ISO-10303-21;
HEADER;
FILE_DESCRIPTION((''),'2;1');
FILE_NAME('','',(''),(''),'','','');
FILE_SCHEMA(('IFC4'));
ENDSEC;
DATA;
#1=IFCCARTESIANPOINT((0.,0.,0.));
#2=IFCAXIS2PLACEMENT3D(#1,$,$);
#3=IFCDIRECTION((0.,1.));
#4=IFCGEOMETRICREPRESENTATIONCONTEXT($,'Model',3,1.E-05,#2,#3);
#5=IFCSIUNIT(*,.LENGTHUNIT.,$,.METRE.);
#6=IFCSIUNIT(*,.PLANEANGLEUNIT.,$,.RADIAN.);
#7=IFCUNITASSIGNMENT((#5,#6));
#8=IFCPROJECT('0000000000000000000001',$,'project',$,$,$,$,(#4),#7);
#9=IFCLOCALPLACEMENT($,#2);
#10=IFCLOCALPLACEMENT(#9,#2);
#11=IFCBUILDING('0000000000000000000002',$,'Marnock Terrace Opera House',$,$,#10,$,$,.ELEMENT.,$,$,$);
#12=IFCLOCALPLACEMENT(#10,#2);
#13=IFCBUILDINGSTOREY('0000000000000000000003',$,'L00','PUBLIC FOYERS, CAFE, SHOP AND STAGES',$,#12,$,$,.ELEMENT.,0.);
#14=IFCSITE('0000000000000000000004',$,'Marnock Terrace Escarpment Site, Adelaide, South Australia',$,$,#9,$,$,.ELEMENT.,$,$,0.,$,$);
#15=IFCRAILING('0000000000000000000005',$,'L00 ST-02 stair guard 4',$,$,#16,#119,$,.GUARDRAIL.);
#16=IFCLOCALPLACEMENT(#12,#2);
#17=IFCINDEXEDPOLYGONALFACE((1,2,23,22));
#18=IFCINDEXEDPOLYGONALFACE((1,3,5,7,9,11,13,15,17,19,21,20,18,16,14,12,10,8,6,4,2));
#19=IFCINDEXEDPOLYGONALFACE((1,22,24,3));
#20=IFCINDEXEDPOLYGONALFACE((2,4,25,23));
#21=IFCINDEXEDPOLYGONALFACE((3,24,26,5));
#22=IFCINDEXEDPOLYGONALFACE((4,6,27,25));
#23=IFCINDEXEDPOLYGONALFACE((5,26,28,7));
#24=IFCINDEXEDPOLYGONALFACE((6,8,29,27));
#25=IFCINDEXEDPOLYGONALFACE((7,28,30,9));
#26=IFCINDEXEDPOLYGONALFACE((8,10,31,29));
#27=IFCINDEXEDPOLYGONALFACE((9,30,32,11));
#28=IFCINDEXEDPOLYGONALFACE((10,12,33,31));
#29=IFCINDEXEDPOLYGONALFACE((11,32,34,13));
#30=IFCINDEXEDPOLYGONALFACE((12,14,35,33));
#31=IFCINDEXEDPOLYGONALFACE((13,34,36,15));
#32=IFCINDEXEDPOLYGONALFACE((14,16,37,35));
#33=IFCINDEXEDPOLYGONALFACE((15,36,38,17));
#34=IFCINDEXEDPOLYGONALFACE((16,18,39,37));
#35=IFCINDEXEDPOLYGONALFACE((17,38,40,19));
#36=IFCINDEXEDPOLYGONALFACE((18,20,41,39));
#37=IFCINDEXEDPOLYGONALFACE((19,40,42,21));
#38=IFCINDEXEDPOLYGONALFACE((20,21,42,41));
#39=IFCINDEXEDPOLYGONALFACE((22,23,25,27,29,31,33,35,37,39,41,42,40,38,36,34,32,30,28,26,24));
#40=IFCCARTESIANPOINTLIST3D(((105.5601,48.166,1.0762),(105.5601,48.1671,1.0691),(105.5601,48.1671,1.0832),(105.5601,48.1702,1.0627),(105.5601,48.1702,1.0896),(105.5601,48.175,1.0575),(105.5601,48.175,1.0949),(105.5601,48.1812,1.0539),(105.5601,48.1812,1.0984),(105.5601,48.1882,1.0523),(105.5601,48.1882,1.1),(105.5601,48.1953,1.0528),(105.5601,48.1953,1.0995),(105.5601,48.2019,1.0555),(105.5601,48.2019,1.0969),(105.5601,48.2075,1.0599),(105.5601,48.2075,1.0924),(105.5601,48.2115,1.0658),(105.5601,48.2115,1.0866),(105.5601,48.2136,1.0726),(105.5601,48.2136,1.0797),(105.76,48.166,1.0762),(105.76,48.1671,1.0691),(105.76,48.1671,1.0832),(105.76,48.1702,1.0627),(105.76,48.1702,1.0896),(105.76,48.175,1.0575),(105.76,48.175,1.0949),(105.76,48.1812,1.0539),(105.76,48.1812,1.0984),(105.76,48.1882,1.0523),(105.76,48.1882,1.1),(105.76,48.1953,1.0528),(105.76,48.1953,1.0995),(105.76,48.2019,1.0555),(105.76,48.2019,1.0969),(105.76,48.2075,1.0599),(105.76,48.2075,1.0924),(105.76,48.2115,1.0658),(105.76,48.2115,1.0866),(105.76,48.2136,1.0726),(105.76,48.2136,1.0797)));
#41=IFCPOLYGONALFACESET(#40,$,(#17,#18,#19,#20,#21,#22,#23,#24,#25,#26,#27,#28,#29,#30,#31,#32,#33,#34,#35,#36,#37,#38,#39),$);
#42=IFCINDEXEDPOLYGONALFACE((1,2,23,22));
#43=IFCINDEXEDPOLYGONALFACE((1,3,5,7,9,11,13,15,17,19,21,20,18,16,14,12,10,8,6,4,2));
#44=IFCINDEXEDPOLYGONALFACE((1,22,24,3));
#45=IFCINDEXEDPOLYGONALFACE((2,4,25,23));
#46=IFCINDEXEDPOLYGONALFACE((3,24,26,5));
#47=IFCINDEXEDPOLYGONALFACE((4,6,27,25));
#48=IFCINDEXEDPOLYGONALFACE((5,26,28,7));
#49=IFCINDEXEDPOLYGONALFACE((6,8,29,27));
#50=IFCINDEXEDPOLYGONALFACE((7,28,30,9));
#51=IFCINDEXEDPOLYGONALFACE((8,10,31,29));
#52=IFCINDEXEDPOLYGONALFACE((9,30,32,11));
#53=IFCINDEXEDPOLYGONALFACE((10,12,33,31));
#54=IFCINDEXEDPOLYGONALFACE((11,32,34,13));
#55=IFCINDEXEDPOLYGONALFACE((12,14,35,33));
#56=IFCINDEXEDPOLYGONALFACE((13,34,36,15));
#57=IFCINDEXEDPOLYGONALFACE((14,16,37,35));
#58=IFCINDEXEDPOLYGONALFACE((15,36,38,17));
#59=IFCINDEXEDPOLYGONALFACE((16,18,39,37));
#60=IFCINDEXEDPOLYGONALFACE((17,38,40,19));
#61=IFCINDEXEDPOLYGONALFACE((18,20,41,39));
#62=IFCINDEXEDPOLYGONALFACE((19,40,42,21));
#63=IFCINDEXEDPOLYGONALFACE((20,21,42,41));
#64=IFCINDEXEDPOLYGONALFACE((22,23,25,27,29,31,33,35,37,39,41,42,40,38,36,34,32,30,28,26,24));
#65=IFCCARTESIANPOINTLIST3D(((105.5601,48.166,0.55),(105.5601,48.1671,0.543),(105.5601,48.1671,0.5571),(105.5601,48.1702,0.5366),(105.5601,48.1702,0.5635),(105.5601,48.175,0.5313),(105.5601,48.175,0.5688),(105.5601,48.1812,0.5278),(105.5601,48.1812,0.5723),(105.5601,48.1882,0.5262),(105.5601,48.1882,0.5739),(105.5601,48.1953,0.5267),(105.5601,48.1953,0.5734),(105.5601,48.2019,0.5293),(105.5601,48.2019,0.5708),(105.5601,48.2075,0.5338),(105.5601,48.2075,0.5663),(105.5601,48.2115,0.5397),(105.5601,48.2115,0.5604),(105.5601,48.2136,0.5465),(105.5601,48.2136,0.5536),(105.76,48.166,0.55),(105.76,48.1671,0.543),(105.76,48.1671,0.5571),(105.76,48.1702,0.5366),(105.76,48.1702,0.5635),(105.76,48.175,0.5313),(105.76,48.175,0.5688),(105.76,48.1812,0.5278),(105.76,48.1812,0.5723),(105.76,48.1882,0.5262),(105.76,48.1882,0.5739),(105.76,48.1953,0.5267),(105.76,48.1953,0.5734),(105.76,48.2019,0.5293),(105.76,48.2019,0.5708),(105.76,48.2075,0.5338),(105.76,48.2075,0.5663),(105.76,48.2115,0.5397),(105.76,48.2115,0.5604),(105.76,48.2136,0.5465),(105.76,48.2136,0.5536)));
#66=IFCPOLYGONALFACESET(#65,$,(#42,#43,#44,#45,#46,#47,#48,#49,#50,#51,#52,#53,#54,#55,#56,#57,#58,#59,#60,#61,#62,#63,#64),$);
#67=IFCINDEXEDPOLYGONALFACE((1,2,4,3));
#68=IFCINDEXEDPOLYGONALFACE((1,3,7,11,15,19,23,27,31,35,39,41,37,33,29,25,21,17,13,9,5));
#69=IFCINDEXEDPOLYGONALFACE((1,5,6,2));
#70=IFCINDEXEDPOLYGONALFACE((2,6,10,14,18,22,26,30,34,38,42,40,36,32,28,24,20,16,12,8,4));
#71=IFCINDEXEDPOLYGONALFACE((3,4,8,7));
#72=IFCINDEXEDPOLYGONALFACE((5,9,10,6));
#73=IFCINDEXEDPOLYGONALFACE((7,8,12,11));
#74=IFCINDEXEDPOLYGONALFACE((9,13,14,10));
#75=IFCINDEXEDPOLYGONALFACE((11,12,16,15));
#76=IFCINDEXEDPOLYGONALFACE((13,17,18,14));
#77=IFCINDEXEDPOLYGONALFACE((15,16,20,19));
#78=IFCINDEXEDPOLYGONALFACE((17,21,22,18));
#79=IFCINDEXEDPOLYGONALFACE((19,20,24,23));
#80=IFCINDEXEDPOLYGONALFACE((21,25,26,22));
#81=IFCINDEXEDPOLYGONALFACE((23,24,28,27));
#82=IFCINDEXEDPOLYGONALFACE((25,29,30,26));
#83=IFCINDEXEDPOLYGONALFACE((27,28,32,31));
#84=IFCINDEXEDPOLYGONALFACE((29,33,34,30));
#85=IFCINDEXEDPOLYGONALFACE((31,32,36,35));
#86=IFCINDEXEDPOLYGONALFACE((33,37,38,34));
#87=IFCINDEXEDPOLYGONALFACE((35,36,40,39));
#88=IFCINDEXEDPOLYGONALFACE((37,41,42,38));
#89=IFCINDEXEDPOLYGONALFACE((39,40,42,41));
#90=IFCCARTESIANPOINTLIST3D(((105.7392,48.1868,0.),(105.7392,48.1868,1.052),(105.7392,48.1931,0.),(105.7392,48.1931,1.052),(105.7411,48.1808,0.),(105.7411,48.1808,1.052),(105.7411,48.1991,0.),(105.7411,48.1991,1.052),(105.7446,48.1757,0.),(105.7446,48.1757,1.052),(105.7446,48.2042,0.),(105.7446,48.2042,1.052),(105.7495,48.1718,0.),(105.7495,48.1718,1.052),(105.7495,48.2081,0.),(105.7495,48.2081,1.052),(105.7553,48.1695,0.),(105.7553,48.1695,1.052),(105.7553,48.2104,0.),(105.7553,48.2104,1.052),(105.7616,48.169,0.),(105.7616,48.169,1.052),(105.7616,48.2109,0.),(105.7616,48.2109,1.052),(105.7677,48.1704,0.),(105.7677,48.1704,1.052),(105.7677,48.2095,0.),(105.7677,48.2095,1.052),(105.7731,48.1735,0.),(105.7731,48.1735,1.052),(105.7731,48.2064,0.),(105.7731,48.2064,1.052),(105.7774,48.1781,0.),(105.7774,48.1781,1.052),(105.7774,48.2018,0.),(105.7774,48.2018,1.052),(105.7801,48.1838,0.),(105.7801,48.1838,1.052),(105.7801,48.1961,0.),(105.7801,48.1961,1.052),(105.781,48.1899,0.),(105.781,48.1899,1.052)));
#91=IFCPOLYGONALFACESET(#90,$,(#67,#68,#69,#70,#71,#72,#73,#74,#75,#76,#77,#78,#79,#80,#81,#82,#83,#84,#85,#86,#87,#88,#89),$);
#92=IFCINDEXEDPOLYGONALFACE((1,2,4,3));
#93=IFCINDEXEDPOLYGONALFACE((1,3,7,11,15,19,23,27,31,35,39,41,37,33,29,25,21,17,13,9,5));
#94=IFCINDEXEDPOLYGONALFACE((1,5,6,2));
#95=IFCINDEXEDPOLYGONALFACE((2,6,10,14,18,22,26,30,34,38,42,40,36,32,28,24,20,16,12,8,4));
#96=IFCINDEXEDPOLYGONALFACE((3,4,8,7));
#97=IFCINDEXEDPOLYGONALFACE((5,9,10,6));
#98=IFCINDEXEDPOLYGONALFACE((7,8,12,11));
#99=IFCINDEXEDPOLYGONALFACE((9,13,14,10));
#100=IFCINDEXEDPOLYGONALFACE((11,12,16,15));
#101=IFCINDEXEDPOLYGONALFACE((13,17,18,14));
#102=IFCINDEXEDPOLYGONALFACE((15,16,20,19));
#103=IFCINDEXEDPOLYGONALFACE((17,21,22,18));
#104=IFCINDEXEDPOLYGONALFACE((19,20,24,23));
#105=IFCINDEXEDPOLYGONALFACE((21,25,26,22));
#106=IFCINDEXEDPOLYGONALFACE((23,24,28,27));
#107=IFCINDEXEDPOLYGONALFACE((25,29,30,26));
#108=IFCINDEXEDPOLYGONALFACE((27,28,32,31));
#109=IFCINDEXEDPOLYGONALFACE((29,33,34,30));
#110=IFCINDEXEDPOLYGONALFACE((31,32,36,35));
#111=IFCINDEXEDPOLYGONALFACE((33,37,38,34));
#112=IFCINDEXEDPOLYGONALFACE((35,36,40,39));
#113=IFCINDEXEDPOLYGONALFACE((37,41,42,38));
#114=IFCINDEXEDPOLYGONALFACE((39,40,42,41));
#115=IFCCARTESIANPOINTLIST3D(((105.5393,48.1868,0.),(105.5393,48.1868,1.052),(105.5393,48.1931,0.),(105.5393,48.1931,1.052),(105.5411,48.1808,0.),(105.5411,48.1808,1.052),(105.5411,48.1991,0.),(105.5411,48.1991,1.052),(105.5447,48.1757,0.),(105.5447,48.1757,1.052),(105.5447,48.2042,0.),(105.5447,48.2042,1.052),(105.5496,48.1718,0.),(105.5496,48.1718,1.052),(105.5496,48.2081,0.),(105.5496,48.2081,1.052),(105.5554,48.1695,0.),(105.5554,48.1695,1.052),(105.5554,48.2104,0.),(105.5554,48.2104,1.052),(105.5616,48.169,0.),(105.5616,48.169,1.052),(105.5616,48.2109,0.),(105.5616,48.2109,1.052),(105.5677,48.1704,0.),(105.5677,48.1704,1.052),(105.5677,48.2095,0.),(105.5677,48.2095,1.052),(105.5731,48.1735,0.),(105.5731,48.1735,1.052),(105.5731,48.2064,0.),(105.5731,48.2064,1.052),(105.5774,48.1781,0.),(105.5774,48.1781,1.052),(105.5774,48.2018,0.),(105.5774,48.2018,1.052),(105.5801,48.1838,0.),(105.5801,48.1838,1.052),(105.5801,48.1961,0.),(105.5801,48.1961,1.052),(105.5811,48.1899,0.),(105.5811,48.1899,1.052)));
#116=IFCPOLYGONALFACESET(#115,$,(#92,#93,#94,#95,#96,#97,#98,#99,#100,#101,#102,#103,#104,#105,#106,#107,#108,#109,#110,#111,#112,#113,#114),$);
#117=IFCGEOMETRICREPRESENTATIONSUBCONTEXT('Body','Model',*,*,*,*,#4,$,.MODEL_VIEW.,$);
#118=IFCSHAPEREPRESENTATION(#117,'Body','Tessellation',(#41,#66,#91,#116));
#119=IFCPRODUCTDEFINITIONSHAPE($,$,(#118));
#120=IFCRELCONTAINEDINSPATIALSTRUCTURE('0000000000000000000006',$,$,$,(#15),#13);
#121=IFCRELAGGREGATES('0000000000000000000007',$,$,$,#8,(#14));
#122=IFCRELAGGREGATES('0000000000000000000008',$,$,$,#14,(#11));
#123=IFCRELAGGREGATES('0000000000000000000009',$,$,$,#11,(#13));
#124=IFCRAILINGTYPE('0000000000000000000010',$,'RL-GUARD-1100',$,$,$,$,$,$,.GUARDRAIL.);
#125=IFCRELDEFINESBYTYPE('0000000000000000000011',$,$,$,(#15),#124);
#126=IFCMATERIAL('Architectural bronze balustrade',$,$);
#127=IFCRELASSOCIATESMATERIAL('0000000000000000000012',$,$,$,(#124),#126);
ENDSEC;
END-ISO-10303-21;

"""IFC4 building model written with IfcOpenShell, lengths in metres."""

from ifc_helpers import new_model, si_unit, direction, frame, origin, origin_2d, place, context, subcontext, project, spatial, circle, extrude, material, type_object, element, save


model = new_model("IFC4")

# Units and contexts
model_context = context("Model", 3, precision=1e-05, world=origin(), true_north=direction((0.0, 1.0)))
body_context = subcontext(model_context, "Body", "Model", "MODEL_VIEW")
ifc_project = project(units=[si_unit("LENGTHUNIT", "METRE"), si_unit("PLANEANGLEUNIT", "RADIAN")], contexts=[model_context])

# Site, building, storey
site_placement = place(None, origin())
site = spatial("IfcSite", under=ifc_project, at=site_placement, Name="Marnock Terrace Escarpment Site, Adelaide, South Australia", CompositionType="ELEMENT", RefElevation=0.0)
building_placement = place(site_placement, origin())
building = spatial("IfcBuilding", under=site, at=building_placement, Name="Marnock Terrace Opera House", CompositionType="ELEMENT")
storey_placement = place(building_placement, origin())
storey = spatial("IfcBuildingStorey", under=building, at=storey_placement, Name="L00", Description="PUBLIC FOYERS, CAFE, SHOP AND STAGES", CompositionType="ELEMENT", Elevation=0.0)

# Railing
ifc_material_1 = material(Name="Architectural bronze balustrade")
railing_type_1 = type_object("IfcRailingType", Name="RL-GUARD-1100", PredefinedType="GUARDRAIL", material=ifc_material_1)
railing_1_placement = place(storey_placement, frame((105.76, 48.1899, 0.0)))
element("IfcRailing", 1, at=railing_1_placement, inside=storey, type_object=railing_type_1, Name="L00 ST-02 stair guard 4", PredefinedType="GUARDRAIL", context=body_context, shape_type="SweptSolid", body=[
    extrude(circle(Radius=0.0239, at=origin_2d()), frame((0.0, 0.0, 1.0762), z_axis=(-1.0, 0.0, 0.0), x_axis=(0.0, -1.0, 0.0)), (0.0, 0.0, 1.0), 0.2),
    extrude(circle(Radius=0.0239, at=origin_2d()), frame((0.0, 0.0, 0.55), z_axis=(-1.0, 0.0, 0.0), x_axis=(0.0, -1.0, 0.0)), (0.0, 0.0, 1.0), 0.2),
    extrude(circle(Radius=0.021, at=origin_2d()), origin(), (0.0, 0.0, 1.0), 1.052),
    extrude(circle(Radius=0.021, at=origin_2d()), frame((-0.2, 0.0, 0.0)), (0.0, 0.0, 1.0), 1.052),
])

save(model, "model.ifc")
